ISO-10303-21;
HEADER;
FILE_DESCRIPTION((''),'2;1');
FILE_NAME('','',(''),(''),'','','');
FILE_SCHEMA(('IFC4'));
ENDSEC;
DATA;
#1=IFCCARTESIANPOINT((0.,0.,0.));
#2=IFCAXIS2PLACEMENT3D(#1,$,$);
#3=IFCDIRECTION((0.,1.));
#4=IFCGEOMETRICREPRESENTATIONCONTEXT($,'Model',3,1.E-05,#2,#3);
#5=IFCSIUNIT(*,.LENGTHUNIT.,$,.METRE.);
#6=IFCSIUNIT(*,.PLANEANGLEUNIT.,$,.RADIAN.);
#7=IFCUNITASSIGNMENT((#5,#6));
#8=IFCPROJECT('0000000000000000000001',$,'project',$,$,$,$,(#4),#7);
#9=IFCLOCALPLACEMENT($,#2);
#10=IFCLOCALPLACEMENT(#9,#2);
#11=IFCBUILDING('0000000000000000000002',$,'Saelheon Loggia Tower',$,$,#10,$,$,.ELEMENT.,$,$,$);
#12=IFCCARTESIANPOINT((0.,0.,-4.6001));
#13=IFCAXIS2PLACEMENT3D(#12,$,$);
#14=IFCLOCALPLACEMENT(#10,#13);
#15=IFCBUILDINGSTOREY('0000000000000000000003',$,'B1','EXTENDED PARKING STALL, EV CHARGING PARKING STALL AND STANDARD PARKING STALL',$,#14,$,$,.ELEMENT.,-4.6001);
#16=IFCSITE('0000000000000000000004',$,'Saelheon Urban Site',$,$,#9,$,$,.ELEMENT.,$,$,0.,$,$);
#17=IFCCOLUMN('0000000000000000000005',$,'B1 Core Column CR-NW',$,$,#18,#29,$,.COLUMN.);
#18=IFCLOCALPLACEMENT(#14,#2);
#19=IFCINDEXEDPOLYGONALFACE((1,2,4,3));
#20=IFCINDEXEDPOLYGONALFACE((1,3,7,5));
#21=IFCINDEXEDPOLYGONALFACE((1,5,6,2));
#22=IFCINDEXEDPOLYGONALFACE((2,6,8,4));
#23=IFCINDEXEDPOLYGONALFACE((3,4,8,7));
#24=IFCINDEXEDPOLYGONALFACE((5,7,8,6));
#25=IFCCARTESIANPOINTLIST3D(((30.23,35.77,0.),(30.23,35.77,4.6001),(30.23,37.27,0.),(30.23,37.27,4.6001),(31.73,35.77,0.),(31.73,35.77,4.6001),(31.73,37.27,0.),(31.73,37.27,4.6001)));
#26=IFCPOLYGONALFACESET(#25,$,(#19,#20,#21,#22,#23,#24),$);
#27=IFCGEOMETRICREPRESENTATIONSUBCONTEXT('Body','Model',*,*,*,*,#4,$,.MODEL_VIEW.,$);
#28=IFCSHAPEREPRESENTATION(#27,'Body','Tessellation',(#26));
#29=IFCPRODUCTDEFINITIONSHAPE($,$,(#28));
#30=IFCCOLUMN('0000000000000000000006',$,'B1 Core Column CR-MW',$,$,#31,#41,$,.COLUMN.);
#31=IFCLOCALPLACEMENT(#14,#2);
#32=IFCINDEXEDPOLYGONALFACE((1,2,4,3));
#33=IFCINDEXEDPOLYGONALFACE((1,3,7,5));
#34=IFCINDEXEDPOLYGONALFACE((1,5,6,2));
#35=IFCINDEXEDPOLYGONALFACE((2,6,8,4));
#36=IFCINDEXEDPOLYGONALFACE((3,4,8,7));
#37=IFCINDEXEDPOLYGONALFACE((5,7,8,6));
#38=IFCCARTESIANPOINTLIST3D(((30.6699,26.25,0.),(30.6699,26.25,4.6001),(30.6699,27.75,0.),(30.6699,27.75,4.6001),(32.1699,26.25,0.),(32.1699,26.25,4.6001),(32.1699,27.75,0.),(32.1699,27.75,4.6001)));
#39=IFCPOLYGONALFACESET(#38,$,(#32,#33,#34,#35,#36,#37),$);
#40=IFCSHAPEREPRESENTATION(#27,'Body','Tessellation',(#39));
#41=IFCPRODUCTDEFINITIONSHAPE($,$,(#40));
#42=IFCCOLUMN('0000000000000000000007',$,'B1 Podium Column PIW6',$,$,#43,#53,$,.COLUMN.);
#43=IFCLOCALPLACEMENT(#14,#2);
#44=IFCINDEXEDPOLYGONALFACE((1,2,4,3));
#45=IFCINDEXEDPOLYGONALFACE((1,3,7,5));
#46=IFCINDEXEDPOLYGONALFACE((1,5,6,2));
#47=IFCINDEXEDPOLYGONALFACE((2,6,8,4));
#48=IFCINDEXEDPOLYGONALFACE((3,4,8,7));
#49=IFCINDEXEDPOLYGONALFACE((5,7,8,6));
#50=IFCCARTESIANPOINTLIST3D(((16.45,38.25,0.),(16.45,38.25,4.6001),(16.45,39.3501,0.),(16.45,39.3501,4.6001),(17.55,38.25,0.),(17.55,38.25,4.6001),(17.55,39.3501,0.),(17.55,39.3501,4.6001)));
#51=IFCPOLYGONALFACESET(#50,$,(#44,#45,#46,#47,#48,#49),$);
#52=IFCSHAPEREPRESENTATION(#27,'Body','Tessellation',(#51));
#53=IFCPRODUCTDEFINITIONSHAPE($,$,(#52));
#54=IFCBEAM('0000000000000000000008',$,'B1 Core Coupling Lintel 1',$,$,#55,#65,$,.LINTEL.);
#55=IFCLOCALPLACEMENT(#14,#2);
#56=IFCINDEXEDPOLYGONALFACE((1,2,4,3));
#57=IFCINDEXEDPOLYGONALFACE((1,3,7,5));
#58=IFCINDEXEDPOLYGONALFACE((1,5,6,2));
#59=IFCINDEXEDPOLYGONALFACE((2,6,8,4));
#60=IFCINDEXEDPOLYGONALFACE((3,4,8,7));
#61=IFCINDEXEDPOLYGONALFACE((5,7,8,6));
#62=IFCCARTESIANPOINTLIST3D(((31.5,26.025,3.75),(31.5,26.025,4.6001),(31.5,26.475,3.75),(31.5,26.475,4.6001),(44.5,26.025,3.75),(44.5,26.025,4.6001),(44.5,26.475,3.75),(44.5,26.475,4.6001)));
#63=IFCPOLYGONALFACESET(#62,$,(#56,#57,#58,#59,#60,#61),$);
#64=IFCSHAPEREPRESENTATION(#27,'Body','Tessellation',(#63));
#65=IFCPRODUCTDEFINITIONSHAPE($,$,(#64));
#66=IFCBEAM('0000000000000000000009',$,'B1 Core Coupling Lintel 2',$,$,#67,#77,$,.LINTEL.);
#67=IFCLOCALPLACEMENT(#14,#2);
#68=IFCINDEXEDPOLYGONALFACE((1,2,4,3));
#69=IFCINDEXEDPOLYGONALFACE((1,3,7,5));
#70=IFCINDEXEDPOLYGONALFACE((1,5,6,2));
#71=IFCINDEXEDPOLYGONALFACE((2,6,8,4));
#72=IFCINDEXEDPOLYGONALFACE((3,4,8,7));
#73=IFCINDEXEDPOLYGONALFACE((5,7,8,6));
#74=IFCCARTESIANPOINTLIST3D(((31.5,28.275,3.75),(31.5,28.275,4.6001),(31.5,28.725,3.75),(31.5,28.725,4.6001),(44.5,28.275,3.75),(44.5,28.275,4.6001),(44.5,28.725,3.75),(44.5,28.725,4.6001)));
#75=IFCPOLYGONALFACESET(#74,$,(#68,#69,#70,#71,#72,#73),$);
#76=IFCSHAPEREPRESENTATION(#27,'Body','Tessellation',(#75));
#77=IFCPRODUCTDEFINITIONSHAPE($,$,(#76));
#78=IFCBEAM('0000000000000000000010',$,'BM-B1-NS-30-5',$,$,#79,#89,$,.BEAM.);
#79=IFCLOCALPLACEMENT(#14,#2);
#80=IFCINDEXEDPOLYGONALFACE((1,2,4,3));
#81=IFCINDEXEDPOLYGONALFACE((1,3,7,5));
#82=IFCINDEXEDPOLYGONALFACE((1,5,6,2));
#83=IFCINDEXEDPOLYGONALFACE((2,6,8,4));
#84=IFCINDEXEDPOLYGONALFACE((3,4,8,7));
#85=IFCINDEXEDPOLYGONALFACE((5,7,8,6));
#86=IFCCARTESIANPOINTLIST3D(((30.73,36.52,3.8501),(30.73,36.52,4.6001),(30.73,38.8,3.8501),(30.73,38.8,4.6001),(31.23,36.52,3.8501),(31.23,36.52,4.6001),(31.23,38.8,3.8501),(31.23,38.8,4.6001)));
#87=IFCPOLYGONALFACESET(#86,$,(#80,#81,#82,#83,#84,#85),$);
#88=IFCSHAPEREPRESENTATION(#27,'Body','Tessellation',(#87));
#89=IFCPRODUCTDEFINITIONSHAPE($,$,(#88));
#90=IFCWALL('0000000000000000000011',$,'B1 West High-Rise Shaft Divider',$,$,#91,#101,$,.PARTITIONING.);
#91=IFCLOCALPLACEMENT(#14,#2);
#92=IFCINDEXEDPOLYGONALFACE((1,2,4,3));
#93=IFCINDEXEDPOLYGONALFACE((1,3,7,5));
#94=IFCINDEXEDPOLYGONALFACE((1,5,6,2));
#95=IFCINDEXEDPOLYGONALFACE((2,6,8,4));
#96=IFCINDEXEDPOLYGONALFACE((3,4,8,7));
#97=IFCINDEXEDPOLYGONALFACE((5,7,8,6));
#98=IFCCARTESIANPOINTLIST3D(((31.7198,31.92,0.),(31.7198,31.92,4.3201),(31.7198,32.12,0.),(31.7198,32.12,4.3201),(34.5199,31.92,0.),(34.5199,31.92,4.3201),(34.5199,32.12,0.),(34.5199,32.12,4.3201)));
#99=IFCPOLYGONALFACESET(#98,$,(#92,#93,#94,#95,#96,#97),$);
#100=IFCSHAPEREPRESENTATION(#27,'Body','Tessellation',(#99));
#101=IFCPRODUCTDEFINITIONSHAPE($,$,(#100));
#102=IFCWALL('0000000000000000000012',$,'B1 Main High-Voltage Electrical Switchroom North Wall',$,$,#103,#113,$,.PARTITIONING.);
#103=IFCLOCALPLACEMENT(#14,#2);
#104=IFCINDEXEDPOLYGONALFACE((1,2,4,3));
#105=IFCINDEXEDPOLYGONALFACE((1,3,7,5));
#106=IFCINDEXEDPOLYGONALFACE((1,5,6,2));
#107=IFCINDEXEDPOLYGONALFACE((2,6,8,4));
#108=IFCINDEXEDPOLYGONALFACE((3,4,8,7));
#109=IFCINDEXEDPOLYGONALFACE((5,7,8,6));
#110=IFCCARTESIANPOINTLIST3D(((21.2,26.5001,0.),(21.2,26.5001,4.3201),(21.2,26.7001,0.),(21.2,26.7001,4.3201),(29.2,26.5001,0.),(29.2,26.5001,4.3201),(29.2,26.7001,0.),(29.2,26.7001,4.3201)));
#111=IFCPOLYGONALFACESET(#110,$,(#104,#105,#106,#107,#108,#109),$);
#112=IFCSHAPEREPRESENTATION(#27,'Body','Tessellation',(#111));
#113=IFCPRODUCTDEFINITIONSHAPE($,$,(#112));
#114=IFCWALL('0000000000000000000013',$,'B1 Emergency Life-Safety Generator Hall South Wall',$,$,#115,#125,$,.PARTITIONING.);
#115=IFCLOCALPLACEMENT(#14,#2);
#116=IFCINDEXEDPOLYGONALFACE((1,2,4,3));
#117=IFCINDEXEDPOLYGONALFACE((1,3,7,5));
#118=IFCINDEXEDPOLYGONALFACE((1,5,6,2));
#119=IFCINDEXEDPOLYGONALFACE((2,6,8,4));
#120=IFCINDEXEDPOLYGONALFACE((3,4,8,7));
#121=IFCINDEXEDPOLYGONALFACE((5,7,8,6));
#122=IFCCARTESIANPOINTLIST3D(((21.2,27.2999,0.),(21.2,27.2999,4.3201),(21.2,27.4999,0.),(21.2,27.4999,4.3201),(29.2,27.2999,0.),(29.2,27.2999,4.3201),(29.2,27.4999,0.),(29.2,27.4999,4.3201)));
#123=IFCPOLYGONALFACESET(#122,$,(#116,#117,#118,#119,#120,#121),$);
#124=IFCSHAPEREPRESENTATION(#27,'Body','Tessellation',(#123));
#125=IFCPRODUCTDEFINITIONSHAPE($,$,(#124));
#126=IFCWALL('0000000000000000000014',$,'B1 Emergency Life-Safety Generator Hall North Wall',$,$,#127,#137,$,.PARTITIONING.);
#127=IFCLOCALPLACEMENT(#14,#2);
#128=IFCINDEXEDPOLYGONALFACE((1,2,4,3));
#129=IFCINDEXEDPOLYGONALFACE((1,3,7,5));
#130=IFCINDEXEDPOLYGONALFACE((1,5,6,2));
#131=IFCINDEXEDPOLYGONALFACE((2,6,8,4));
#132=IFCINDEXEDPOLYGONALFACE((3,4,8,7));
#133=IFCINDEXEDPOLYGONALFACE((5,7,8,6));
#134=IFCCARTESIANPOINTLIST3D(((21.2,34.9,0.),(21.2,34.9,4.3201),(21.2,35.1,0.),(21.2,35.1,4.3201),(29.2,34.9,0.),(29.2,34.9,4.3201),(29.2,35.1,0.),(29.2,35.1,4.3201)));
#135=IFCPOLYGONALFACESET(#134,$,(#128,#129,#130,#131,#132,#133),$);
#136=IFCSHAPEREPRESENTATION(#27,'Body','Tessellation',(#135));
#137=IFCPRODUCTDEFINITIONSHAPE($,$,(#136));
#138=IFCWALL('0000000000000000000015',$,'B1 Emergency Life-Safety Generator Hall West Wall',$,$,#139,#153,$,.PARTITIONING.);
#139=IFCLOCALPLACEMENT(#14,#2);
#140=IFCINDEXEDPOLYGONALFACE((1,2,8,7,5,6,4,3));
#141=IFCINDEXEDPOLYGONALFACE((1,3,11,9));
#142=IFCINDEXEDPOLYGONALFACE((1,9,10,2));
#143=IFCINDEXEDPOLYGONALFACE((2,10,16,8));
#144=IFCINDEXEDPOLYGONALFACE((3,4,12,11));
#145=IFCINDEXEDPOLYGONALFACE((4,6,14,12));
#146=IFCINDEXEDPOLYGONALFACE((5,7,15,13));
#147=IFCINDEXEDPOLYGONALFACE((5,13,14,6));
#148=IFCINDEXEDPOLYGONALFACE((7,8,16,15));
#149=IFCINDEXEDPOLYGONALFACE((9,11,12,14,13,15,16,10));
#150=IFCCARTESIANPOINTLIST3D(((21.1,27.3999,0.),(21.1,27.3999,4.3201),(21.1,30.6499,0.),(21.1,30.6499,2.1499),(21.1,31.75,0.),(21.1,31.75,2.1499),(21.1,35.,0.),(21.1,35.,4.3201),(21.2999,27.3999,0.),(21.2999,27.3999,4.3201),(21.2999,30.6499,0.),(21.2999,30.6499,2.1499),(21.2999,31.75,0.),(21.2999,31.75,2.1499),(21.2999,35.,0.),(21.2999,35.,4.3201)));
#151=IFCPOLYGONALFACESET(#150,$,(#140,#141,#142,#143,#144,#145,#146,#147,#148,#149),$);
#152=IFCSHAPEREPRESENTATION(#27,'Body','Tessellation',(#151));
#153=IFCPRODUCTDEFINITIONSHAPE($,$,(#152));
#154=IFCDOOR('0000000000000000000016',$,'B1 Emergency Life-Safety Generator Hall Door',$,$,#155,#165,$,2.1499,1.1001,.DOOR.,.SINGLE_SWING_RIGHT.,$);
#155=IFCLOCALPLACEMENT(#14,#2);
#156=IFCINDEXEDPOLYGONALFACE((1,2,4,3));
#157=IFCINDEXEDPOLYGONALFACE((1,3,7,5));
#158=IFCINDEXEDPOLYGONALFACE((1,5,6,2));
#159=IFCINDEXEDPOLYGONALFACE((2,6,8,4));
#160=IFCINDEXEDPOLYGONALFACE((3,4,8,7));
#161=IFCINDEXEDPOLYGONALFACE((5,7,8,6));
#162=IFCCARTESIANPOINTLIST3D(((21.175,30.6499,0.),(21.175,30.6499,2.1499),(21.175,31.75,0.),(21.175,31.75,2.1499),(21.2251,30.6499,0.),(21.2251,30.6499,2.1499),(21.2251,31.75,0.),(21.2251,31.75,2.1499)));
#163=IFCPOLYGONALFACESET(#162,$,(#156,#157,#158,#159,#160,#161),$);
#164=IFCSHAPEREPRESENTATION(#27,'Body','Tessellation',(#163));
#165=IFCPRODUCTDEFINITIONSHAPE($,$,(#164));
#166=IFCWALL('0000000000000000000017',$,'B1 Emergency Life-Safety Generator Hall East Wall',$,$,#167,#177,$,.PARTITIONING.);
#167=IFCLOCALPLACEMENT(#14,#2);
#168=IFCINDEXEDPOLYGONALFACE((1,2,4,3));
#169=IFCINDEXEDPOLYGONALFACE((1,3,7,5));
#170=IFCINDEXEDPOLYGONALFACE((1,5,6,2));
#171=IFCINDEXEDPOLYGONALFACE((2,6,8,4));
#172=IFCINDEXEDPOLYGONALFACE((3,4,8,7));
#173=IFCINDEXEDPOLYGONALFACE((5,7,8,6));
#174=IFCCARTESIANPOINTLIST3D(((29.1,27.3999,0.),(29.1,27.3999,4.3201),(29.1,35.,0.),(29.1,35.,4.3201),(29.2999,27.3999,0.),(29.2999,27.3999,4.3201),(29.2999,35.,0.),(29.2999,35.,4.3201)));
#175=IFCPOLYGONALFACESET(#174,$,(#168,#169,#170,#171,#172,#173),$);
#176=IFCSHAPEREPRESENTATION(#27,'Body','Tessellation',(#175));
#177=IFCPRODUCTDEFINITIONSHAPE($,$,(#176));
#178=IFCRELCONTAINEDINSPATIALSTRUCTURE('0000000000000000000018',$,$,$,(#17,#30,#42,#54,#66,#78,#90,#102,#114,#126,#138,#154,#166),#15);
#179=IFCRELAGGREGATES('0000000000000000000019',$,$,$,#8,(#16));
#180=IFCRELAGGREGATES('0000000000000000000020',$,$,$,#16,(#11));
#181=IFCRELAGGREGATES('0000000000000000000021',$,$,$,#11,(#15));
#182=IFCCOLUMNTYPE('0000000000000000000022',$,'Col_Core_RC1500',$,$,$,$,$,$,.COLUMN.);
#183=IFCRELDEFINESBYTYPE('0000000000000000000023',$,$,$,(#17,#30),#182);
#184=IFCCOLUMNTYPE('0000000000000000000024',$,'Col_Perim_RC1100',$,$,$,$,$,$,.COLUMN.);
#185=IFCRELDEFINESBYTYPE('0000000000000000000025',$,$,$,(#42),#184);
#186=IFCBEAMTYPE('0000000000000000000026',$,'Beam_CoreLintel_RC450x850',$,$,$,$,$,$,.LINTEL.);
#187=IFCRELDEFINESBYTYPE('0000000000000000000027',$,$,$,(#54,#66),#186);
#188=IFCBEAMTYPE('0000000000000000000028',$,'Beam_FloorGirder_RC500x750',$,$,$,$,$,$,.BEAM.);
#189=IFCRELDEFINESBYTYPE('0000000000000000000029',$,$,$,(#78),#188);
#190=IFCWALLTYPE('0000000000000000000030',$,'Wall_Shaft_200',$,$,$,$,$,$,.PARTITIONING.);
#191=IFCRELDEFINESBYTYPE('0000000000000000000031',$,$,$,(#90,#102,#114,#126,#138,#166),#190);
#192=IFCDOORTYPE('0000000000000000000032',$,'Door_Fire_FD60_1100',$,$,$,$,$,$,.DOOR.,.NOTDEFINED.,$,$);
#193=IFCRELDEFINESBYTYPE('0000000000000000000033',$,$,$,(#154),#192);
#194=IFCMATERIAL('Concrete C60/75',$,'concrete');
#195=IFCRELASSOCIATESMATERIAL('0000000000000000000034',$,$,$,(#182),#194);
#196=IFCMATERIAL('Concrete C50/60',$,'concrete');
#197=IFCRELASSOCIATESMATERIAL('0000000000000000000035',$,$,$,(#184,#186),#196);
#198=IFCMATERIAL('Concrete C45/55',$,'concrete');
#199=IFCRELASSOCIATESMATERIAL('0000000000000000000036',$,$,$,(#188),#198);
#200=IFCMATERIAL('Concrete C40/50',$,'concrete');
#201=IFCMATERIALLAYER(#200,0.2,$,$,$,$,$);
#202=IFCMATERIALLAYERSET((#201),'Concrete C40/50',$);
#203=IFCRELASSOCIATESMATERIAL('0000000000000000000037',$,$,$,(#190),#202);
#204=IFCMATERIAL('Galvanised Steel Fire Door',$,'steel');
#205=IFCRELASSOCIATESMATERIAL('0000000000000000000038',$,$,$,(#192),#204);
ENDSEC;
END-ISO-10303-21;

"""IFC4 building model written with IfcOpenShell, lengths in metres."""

from ifc_helpers import new_model, si_unit, direction, frame, frame_2d, origin, origin_2d, place, context, subcontext, project, spatial, rectangle, extrude, source, transform, mapped, material, layer, layer_set, material_profile, profile_set, type_object, element, fill, save


model = new_model("IFC4")

# Units and contexts
model_context = context("Model", 3, precision=1e-05, world=origin(), true_north=direction((0.0, 1.0)))
body_context = subcontext(model_context, "Body", "Model", "MODEL_VIEW")
ifc_project = project(units=[si_unit("LENGTHUNIT", "METRE"), si_unit("PLANEANGLEUNIT", "RADIAN")], contexts=[model_context])

# Site, building, storey
site_placement = place(None, origin())
site = spatial("IfcSite", under=ifc_project, at=site_placement, Name="Saelheon Urban Site", CompositionType="ELEMENT", RefElevation=0.0)
building_placement = place(site_placement, origin())
building = spatial("IfcBuilding", under=site, at=building_placement, Name="Saelheon Loggia Tower", CompositionType="ELEMENT")
storey_placement = place(building_placement, frame((0.0, 0.0, -4.6001)))
storey = spatial("IfcBuildingStorey", under=building, at=storey_placement, Name="B1", Description="EXTENDED PARKING STALL, EV CHARGING PARKING STALL AND STANDARD PARKING STALL", CompositionType="ELEMENT", Elevation=-4.6001)

# Columns
ifc_material_1 = material(Name="Concrete C60/75", Category="concrete")
ifc_material_profile_1 = material_profile(ifc_material_1, rectangle(XDim=1.5, YDim=1.5, at=origin_2d()), Name="RC-1500x1500")
ifc_profile_set_1 = profile_set([ifc_material_profile_1], Name="Concrete C60/75")
column_type_1 = type_object("IfcColumnType", Name="Col_Core_RC1500", PredefinedType="COLUMN", material=ifc_profile_set_1)
shared_shape_1 = source(origin(), body_context, "Body", "SweptSolid", [
    extrude(rectangle(XDim=1.5, YDim=1.5, at=origin_2d()), origin(), (0.0, 0.0, 1.0), 4.6001),
])
for number, where, z_axis, x_axis, name in (
    (1, (30.98, 36.52, 0.0), (0.0, 0.0, 1.0), (1.0, 0.0, 0.0), "B1 Core Column CR-NW"),
    (2, (31.4199, 27.0, 0.0), (0.0, 0.0, 1.0), (1.0, 0.0, 0.0), "B1 Core Column CR-MW"),
):
    element("IfcColumn", number, at=place(storey_placement, frame(where, z_axis=z_axis, x_axis=x_axis)), inside=storey, type_object=column_type_1, Name=name, PredefinedType="COLUMN", context=body_context, shape_type="MappedRepresentation", body=[
        mapped(shared_shape_1, transform((0.0, 0.0, 0.0), scale=1.0)),
    ])
ifc_material_2 = material(Name="Concrete C50/60", Category="concrete")
ifc_material_profile_2 = material_profile(ifc_material_2, rectangle(XDim=1.1001, YDim=1.1001, at=origin_2d()), Name="RC-1100x1100")
ifc_profile_set_2 = profile_set([ifc_material_profile_2], Name="Concrete C50/60")
column_type_2 = type_object("IfcColumnType", Name="Col_Perim_RC1100", PredefinedType="COLUMN", material=ifc_profile_set_2)
shared_shape_2 = source(origin(), body_context, "Body", "SweptSolid", [
    extrude(rectangle(XDim=1.1001, YDim=1.1001, at=origin_2d()), origin(), (0.0, 0.0, 1.0), 4.6001),
])
column_placement = place(storey_placement, frame((17.0, 38.8, 0.0), z_axis=(0.0, 0.0, 1.0), x_axis=(1.0, 0.0, 0.0)))
element("IfcColumn", 3, at=column_placement, inside=storey, type_object=column_type_2, Name="B1 Podium Column PIW6", PredefinedType="COLUMN", context=body_context, shape_type="MappedRepresentation", body=[
    mapped(shared_shape_2, transform((0.0, 0.0, 0.0), scale=1.0)),
])

# Beams
ifc_material_profile_3 = material_profile(ifc_material_2, rectangle(XDim=0.45, YDim=0.8501, at=origin_2d()), Name="RC-450x850")
ifc_profile_set_3 = profile_set([ifc_material_profile_3], Name="Concrete C50/60")
beam_type_1 = type_object("IfcBeamType", Name="Beam_CoreLintel_RC450x850", PredefinedType="LINTEL", material=ifc_profile_set_3)
shared_shape_3 = source(origin(), body_context, "Body", "SweptSolid", [
    extrude(rectangle(XDim=0.45, YDim=0.8501, at=origin_2d()), origin(), (0.0, 0.0, 1.0), 13.0),
])
for number, where, z_axis, x_axis, name in (
    (4, (31.5, 26.25, 4.175), (1.0, 0.0, 0.0), (0.0, 1.0, 0.0), "B1 Core Coupling Lintel 1"),
    (5, (31.5, 28.5, 4.175), (1.0, 0.0, 0.0), (0.0, 1.0, 0.0), "B1 Core Coupling Lintel 2"),
):
    element("IfcBeam", number, at=place(storey_placement, frame(where, z_axis=z_axis, x_axis=x_axis)), inside=storey, type_object=beam_type_1, Name=name, PredefinedType="LINTEL", context=body_context, shape_type="MappedRepresentation", body=[
        mapped(shared_shape_3, transform((0.0, 0.0, 0.0), scale=1.0)),
    ])
ifc_material_3 = material(Name="Concrete C45/55", Category="concrete")
ifc_material_profile_4 = material_profile(ifc_material_3, rectangle(XDim=0.5, YDim=0.75, at=origin_2d()), Name="RC-500x750")
ifc_profile_set_4 = profile_set([ifc_material_profile_4], Name="Concrete C45/55")
beam_type_2 = type_object("IfcBeamType", Name="Beam_FloorGirder_RC500x750", PredefinedType="BEAM", material=ifc_profile_set_4)
shared_shape_4 = source(origin(), body_context, "Body", "SweptSolid", [
    extrude(rectangle(XDim=0.5, YDim=0.75, at=origin_2d()), origin(), (0.0, 0.0, 1.0), 2.28),
])
beam_placement = place(storey_placement, frame((30.98, 36.52, 4.2251), z_axis=(0.0, 1.0, 0.0), x_axis=(-1.0, 0.0, 0.0)))
element("IfcBeam", 6, at=beam_placement, inside=storey, type_object=beam_type_2, Name="BM-B1-NS-30-5", PredefinedType="BEAM", context=body_context, shape_type="MappedRepresentation", body=[
    mapped(shared_shape_4, transform((0.0, 0.0, 0.0), scale=1.0)),
])

# Shared definitions
ifc_material_4 = material(Name="Concrete C40/50", Category="concrete")
ifc_layer_1 = layer(ifc_material_4, 0.2)
ifc_layer_set_1 = layer_set([ifc_layer_1], Name="Concrete C40/50")
wall_type_1 = type_object("IfcWallType", Name="Wall_Shaft_200", PredefinedType="PARTITIONING", material=ifc_layer_set_1)

# Walls
wall_1_placement = place(storey_placement, frame((31.72, 32.02, 0.0), z_axis=(0.0, 0.0, 1.0), x_axis=(1.0, 0.0, 0.0)))
element("IfcWall", 7, at=wall_1_placement, inside=storey, type_object=wall_type_1, Name="B1 West High-Rise Shaft Divider", PredefinedType="PARTITIONING", context=body_context, shape_type="SweptSolid", body=[
    extrude(rectangle(XDim=2.8, YDim=0.2, at=frame_2d((1.3999, 0.0))), origin(), (0.0, 0.0, 1.0), 4.3201),
])
for number, where, z_axis, x_axis, name in (
    (8, (21.2, 26.6001, 0.0), (0.0, 0.0, 1.0), (1.0, 0.0, 0.0), "B1 Main High-Voltage Electrical Switchroom North Wall"),
    (9, (21.2, 27.3999, 0.0), (0.0, 0.0, 1.0), (1.0, 0.0, 0.0), "B1 Emergency Life-Safety Generator Hall South Wall"),
    (10, (21.2, 35.0, 0.0), (0.0, 0.0, 1.0), (1.0, 0.0, 0.0), "B1 Emergency Life-Safety Generator Hall North Wall"),
):
    element("IfcWall", number, at=place(storey_placement, frame(where, z_axis=z_axis, x_axis=x_axis)), inside=storey, type_object=wall_type_1, Name=name, PredefinedType="PARTITIONING", context=body_context, shape_type="SweptSolid", body=[
        extrude(rectangle(XDim=8.0, YDim=0.2, at=frame_2d((4.0, 0.0))), origin(), (0.0, 0.0, 1.0), 4.3201),
    ])

# Wall, opening, door
wall_2_placement = place(storey_placement, frame((21.2, 27.3999, 0.0), z_axis=(0.0, 0.0, 1.0), x_axis=(0.0, 1.0, 0.0)))
wall_2 = element("IfcWall", 11, at=wall_2_placement, inside=storey, type_object=wall_type_1, Name="B1 Emergency Life-Safety Generator Hall West Wall", PredefinedType="PARTITIONING", context=body_context, shape_type="SweptSolid", body=[
    extrude(rectangle(XDim=7.6001, YDim=0.2, at=frame_2d((3.8, 0.0))), origin(), (0.0, 0.0, 1.0), 4.3201),
])
opening_1_placement = place(wall_2_placement, frame((3.25, 0.0, 0.0)))
opening_1 = element("IfcOpeningElement", 12, at=opening_1_placement, cuts=wall_2, PredefinedType="OPENING", context=body_context, shape_type="SweptSolid", body=[
    extrude(rectangle(XDim=1.1001, YDim=2.1499, at=frame_2d((0.55, 1.075))), frame((0.0, 0.1121, 0.0), z_axis=(0.0, -1.0, 0.0), x_axis=(1.0, 0.0, 0.0)), (0.0, 0.0, 1.0), 0.2239),
])
ifc_material_5 = material(Name="Galvanised Steel Fire Door", Category="steel")
door_type_1 = type_object("IfcDoorType", Name="Door_Fire_FD60_1100", OperationType="NOTDEFINED", PredefinedType="DOOR", material=ifc_material_5)
shared_shape_5 = source(origin(), body_context, "Body", "SweptSolid", [
    extrude(rectangle(XDim=1.1001, YDim=2.1499, at=frame_2d((0.55, 1.075))), frame((0.0, 0.0249, 0.0), z_axis=(0.0, -1.0, 0.0), x_axis=(1.0, 0.0, 0.0)), (0.0, 0.0, 1.0), 0.05),
])
door_1_placement = place(opening_1_placement, origin())
door_1 = element("IfcDoor", 13, at=door_1_placement, inside=storey, type_object=door_type_1, Name="B1 Emergency Life-Safety Generator Hall Door", OperationType="SINGLE_SWING_RIGHT", OverallHeight=2.1499, OverallWidth=1.1001, PredefinedType="DOOR", context=body_context, shape_type="MappedRepresentation", body=[
    mapped(shared_shape_5, transform((0.0, 0.0, 0.0), scale=1.0)),
])
fill(opening_1, door_1)

# Wall
wall_3_placement = place(storey_placement, frame((29.2, 27.3999, 0.0), z_axis=(0.0, 0.0, 1.0), x_axis=(0.0, 1.0, 0.0)))
element("IfcWall", 14, at=wall_3_placement, inside=storey, type_object=wall_type_1, Name="B1 Emergency Life-Safety Generator Hall East Wall", PredefinedType="PARTITIONING", context=body_context, shape_type="SweptSolid", body=[
    extrude(rectangle(XDim=7.6001, YDim=0.2, at=frame_2d((3.8, 0.0))), origin(), (0.0, 0.0, 1.0), 4.3201),
])

save(model, "model.ifc")
